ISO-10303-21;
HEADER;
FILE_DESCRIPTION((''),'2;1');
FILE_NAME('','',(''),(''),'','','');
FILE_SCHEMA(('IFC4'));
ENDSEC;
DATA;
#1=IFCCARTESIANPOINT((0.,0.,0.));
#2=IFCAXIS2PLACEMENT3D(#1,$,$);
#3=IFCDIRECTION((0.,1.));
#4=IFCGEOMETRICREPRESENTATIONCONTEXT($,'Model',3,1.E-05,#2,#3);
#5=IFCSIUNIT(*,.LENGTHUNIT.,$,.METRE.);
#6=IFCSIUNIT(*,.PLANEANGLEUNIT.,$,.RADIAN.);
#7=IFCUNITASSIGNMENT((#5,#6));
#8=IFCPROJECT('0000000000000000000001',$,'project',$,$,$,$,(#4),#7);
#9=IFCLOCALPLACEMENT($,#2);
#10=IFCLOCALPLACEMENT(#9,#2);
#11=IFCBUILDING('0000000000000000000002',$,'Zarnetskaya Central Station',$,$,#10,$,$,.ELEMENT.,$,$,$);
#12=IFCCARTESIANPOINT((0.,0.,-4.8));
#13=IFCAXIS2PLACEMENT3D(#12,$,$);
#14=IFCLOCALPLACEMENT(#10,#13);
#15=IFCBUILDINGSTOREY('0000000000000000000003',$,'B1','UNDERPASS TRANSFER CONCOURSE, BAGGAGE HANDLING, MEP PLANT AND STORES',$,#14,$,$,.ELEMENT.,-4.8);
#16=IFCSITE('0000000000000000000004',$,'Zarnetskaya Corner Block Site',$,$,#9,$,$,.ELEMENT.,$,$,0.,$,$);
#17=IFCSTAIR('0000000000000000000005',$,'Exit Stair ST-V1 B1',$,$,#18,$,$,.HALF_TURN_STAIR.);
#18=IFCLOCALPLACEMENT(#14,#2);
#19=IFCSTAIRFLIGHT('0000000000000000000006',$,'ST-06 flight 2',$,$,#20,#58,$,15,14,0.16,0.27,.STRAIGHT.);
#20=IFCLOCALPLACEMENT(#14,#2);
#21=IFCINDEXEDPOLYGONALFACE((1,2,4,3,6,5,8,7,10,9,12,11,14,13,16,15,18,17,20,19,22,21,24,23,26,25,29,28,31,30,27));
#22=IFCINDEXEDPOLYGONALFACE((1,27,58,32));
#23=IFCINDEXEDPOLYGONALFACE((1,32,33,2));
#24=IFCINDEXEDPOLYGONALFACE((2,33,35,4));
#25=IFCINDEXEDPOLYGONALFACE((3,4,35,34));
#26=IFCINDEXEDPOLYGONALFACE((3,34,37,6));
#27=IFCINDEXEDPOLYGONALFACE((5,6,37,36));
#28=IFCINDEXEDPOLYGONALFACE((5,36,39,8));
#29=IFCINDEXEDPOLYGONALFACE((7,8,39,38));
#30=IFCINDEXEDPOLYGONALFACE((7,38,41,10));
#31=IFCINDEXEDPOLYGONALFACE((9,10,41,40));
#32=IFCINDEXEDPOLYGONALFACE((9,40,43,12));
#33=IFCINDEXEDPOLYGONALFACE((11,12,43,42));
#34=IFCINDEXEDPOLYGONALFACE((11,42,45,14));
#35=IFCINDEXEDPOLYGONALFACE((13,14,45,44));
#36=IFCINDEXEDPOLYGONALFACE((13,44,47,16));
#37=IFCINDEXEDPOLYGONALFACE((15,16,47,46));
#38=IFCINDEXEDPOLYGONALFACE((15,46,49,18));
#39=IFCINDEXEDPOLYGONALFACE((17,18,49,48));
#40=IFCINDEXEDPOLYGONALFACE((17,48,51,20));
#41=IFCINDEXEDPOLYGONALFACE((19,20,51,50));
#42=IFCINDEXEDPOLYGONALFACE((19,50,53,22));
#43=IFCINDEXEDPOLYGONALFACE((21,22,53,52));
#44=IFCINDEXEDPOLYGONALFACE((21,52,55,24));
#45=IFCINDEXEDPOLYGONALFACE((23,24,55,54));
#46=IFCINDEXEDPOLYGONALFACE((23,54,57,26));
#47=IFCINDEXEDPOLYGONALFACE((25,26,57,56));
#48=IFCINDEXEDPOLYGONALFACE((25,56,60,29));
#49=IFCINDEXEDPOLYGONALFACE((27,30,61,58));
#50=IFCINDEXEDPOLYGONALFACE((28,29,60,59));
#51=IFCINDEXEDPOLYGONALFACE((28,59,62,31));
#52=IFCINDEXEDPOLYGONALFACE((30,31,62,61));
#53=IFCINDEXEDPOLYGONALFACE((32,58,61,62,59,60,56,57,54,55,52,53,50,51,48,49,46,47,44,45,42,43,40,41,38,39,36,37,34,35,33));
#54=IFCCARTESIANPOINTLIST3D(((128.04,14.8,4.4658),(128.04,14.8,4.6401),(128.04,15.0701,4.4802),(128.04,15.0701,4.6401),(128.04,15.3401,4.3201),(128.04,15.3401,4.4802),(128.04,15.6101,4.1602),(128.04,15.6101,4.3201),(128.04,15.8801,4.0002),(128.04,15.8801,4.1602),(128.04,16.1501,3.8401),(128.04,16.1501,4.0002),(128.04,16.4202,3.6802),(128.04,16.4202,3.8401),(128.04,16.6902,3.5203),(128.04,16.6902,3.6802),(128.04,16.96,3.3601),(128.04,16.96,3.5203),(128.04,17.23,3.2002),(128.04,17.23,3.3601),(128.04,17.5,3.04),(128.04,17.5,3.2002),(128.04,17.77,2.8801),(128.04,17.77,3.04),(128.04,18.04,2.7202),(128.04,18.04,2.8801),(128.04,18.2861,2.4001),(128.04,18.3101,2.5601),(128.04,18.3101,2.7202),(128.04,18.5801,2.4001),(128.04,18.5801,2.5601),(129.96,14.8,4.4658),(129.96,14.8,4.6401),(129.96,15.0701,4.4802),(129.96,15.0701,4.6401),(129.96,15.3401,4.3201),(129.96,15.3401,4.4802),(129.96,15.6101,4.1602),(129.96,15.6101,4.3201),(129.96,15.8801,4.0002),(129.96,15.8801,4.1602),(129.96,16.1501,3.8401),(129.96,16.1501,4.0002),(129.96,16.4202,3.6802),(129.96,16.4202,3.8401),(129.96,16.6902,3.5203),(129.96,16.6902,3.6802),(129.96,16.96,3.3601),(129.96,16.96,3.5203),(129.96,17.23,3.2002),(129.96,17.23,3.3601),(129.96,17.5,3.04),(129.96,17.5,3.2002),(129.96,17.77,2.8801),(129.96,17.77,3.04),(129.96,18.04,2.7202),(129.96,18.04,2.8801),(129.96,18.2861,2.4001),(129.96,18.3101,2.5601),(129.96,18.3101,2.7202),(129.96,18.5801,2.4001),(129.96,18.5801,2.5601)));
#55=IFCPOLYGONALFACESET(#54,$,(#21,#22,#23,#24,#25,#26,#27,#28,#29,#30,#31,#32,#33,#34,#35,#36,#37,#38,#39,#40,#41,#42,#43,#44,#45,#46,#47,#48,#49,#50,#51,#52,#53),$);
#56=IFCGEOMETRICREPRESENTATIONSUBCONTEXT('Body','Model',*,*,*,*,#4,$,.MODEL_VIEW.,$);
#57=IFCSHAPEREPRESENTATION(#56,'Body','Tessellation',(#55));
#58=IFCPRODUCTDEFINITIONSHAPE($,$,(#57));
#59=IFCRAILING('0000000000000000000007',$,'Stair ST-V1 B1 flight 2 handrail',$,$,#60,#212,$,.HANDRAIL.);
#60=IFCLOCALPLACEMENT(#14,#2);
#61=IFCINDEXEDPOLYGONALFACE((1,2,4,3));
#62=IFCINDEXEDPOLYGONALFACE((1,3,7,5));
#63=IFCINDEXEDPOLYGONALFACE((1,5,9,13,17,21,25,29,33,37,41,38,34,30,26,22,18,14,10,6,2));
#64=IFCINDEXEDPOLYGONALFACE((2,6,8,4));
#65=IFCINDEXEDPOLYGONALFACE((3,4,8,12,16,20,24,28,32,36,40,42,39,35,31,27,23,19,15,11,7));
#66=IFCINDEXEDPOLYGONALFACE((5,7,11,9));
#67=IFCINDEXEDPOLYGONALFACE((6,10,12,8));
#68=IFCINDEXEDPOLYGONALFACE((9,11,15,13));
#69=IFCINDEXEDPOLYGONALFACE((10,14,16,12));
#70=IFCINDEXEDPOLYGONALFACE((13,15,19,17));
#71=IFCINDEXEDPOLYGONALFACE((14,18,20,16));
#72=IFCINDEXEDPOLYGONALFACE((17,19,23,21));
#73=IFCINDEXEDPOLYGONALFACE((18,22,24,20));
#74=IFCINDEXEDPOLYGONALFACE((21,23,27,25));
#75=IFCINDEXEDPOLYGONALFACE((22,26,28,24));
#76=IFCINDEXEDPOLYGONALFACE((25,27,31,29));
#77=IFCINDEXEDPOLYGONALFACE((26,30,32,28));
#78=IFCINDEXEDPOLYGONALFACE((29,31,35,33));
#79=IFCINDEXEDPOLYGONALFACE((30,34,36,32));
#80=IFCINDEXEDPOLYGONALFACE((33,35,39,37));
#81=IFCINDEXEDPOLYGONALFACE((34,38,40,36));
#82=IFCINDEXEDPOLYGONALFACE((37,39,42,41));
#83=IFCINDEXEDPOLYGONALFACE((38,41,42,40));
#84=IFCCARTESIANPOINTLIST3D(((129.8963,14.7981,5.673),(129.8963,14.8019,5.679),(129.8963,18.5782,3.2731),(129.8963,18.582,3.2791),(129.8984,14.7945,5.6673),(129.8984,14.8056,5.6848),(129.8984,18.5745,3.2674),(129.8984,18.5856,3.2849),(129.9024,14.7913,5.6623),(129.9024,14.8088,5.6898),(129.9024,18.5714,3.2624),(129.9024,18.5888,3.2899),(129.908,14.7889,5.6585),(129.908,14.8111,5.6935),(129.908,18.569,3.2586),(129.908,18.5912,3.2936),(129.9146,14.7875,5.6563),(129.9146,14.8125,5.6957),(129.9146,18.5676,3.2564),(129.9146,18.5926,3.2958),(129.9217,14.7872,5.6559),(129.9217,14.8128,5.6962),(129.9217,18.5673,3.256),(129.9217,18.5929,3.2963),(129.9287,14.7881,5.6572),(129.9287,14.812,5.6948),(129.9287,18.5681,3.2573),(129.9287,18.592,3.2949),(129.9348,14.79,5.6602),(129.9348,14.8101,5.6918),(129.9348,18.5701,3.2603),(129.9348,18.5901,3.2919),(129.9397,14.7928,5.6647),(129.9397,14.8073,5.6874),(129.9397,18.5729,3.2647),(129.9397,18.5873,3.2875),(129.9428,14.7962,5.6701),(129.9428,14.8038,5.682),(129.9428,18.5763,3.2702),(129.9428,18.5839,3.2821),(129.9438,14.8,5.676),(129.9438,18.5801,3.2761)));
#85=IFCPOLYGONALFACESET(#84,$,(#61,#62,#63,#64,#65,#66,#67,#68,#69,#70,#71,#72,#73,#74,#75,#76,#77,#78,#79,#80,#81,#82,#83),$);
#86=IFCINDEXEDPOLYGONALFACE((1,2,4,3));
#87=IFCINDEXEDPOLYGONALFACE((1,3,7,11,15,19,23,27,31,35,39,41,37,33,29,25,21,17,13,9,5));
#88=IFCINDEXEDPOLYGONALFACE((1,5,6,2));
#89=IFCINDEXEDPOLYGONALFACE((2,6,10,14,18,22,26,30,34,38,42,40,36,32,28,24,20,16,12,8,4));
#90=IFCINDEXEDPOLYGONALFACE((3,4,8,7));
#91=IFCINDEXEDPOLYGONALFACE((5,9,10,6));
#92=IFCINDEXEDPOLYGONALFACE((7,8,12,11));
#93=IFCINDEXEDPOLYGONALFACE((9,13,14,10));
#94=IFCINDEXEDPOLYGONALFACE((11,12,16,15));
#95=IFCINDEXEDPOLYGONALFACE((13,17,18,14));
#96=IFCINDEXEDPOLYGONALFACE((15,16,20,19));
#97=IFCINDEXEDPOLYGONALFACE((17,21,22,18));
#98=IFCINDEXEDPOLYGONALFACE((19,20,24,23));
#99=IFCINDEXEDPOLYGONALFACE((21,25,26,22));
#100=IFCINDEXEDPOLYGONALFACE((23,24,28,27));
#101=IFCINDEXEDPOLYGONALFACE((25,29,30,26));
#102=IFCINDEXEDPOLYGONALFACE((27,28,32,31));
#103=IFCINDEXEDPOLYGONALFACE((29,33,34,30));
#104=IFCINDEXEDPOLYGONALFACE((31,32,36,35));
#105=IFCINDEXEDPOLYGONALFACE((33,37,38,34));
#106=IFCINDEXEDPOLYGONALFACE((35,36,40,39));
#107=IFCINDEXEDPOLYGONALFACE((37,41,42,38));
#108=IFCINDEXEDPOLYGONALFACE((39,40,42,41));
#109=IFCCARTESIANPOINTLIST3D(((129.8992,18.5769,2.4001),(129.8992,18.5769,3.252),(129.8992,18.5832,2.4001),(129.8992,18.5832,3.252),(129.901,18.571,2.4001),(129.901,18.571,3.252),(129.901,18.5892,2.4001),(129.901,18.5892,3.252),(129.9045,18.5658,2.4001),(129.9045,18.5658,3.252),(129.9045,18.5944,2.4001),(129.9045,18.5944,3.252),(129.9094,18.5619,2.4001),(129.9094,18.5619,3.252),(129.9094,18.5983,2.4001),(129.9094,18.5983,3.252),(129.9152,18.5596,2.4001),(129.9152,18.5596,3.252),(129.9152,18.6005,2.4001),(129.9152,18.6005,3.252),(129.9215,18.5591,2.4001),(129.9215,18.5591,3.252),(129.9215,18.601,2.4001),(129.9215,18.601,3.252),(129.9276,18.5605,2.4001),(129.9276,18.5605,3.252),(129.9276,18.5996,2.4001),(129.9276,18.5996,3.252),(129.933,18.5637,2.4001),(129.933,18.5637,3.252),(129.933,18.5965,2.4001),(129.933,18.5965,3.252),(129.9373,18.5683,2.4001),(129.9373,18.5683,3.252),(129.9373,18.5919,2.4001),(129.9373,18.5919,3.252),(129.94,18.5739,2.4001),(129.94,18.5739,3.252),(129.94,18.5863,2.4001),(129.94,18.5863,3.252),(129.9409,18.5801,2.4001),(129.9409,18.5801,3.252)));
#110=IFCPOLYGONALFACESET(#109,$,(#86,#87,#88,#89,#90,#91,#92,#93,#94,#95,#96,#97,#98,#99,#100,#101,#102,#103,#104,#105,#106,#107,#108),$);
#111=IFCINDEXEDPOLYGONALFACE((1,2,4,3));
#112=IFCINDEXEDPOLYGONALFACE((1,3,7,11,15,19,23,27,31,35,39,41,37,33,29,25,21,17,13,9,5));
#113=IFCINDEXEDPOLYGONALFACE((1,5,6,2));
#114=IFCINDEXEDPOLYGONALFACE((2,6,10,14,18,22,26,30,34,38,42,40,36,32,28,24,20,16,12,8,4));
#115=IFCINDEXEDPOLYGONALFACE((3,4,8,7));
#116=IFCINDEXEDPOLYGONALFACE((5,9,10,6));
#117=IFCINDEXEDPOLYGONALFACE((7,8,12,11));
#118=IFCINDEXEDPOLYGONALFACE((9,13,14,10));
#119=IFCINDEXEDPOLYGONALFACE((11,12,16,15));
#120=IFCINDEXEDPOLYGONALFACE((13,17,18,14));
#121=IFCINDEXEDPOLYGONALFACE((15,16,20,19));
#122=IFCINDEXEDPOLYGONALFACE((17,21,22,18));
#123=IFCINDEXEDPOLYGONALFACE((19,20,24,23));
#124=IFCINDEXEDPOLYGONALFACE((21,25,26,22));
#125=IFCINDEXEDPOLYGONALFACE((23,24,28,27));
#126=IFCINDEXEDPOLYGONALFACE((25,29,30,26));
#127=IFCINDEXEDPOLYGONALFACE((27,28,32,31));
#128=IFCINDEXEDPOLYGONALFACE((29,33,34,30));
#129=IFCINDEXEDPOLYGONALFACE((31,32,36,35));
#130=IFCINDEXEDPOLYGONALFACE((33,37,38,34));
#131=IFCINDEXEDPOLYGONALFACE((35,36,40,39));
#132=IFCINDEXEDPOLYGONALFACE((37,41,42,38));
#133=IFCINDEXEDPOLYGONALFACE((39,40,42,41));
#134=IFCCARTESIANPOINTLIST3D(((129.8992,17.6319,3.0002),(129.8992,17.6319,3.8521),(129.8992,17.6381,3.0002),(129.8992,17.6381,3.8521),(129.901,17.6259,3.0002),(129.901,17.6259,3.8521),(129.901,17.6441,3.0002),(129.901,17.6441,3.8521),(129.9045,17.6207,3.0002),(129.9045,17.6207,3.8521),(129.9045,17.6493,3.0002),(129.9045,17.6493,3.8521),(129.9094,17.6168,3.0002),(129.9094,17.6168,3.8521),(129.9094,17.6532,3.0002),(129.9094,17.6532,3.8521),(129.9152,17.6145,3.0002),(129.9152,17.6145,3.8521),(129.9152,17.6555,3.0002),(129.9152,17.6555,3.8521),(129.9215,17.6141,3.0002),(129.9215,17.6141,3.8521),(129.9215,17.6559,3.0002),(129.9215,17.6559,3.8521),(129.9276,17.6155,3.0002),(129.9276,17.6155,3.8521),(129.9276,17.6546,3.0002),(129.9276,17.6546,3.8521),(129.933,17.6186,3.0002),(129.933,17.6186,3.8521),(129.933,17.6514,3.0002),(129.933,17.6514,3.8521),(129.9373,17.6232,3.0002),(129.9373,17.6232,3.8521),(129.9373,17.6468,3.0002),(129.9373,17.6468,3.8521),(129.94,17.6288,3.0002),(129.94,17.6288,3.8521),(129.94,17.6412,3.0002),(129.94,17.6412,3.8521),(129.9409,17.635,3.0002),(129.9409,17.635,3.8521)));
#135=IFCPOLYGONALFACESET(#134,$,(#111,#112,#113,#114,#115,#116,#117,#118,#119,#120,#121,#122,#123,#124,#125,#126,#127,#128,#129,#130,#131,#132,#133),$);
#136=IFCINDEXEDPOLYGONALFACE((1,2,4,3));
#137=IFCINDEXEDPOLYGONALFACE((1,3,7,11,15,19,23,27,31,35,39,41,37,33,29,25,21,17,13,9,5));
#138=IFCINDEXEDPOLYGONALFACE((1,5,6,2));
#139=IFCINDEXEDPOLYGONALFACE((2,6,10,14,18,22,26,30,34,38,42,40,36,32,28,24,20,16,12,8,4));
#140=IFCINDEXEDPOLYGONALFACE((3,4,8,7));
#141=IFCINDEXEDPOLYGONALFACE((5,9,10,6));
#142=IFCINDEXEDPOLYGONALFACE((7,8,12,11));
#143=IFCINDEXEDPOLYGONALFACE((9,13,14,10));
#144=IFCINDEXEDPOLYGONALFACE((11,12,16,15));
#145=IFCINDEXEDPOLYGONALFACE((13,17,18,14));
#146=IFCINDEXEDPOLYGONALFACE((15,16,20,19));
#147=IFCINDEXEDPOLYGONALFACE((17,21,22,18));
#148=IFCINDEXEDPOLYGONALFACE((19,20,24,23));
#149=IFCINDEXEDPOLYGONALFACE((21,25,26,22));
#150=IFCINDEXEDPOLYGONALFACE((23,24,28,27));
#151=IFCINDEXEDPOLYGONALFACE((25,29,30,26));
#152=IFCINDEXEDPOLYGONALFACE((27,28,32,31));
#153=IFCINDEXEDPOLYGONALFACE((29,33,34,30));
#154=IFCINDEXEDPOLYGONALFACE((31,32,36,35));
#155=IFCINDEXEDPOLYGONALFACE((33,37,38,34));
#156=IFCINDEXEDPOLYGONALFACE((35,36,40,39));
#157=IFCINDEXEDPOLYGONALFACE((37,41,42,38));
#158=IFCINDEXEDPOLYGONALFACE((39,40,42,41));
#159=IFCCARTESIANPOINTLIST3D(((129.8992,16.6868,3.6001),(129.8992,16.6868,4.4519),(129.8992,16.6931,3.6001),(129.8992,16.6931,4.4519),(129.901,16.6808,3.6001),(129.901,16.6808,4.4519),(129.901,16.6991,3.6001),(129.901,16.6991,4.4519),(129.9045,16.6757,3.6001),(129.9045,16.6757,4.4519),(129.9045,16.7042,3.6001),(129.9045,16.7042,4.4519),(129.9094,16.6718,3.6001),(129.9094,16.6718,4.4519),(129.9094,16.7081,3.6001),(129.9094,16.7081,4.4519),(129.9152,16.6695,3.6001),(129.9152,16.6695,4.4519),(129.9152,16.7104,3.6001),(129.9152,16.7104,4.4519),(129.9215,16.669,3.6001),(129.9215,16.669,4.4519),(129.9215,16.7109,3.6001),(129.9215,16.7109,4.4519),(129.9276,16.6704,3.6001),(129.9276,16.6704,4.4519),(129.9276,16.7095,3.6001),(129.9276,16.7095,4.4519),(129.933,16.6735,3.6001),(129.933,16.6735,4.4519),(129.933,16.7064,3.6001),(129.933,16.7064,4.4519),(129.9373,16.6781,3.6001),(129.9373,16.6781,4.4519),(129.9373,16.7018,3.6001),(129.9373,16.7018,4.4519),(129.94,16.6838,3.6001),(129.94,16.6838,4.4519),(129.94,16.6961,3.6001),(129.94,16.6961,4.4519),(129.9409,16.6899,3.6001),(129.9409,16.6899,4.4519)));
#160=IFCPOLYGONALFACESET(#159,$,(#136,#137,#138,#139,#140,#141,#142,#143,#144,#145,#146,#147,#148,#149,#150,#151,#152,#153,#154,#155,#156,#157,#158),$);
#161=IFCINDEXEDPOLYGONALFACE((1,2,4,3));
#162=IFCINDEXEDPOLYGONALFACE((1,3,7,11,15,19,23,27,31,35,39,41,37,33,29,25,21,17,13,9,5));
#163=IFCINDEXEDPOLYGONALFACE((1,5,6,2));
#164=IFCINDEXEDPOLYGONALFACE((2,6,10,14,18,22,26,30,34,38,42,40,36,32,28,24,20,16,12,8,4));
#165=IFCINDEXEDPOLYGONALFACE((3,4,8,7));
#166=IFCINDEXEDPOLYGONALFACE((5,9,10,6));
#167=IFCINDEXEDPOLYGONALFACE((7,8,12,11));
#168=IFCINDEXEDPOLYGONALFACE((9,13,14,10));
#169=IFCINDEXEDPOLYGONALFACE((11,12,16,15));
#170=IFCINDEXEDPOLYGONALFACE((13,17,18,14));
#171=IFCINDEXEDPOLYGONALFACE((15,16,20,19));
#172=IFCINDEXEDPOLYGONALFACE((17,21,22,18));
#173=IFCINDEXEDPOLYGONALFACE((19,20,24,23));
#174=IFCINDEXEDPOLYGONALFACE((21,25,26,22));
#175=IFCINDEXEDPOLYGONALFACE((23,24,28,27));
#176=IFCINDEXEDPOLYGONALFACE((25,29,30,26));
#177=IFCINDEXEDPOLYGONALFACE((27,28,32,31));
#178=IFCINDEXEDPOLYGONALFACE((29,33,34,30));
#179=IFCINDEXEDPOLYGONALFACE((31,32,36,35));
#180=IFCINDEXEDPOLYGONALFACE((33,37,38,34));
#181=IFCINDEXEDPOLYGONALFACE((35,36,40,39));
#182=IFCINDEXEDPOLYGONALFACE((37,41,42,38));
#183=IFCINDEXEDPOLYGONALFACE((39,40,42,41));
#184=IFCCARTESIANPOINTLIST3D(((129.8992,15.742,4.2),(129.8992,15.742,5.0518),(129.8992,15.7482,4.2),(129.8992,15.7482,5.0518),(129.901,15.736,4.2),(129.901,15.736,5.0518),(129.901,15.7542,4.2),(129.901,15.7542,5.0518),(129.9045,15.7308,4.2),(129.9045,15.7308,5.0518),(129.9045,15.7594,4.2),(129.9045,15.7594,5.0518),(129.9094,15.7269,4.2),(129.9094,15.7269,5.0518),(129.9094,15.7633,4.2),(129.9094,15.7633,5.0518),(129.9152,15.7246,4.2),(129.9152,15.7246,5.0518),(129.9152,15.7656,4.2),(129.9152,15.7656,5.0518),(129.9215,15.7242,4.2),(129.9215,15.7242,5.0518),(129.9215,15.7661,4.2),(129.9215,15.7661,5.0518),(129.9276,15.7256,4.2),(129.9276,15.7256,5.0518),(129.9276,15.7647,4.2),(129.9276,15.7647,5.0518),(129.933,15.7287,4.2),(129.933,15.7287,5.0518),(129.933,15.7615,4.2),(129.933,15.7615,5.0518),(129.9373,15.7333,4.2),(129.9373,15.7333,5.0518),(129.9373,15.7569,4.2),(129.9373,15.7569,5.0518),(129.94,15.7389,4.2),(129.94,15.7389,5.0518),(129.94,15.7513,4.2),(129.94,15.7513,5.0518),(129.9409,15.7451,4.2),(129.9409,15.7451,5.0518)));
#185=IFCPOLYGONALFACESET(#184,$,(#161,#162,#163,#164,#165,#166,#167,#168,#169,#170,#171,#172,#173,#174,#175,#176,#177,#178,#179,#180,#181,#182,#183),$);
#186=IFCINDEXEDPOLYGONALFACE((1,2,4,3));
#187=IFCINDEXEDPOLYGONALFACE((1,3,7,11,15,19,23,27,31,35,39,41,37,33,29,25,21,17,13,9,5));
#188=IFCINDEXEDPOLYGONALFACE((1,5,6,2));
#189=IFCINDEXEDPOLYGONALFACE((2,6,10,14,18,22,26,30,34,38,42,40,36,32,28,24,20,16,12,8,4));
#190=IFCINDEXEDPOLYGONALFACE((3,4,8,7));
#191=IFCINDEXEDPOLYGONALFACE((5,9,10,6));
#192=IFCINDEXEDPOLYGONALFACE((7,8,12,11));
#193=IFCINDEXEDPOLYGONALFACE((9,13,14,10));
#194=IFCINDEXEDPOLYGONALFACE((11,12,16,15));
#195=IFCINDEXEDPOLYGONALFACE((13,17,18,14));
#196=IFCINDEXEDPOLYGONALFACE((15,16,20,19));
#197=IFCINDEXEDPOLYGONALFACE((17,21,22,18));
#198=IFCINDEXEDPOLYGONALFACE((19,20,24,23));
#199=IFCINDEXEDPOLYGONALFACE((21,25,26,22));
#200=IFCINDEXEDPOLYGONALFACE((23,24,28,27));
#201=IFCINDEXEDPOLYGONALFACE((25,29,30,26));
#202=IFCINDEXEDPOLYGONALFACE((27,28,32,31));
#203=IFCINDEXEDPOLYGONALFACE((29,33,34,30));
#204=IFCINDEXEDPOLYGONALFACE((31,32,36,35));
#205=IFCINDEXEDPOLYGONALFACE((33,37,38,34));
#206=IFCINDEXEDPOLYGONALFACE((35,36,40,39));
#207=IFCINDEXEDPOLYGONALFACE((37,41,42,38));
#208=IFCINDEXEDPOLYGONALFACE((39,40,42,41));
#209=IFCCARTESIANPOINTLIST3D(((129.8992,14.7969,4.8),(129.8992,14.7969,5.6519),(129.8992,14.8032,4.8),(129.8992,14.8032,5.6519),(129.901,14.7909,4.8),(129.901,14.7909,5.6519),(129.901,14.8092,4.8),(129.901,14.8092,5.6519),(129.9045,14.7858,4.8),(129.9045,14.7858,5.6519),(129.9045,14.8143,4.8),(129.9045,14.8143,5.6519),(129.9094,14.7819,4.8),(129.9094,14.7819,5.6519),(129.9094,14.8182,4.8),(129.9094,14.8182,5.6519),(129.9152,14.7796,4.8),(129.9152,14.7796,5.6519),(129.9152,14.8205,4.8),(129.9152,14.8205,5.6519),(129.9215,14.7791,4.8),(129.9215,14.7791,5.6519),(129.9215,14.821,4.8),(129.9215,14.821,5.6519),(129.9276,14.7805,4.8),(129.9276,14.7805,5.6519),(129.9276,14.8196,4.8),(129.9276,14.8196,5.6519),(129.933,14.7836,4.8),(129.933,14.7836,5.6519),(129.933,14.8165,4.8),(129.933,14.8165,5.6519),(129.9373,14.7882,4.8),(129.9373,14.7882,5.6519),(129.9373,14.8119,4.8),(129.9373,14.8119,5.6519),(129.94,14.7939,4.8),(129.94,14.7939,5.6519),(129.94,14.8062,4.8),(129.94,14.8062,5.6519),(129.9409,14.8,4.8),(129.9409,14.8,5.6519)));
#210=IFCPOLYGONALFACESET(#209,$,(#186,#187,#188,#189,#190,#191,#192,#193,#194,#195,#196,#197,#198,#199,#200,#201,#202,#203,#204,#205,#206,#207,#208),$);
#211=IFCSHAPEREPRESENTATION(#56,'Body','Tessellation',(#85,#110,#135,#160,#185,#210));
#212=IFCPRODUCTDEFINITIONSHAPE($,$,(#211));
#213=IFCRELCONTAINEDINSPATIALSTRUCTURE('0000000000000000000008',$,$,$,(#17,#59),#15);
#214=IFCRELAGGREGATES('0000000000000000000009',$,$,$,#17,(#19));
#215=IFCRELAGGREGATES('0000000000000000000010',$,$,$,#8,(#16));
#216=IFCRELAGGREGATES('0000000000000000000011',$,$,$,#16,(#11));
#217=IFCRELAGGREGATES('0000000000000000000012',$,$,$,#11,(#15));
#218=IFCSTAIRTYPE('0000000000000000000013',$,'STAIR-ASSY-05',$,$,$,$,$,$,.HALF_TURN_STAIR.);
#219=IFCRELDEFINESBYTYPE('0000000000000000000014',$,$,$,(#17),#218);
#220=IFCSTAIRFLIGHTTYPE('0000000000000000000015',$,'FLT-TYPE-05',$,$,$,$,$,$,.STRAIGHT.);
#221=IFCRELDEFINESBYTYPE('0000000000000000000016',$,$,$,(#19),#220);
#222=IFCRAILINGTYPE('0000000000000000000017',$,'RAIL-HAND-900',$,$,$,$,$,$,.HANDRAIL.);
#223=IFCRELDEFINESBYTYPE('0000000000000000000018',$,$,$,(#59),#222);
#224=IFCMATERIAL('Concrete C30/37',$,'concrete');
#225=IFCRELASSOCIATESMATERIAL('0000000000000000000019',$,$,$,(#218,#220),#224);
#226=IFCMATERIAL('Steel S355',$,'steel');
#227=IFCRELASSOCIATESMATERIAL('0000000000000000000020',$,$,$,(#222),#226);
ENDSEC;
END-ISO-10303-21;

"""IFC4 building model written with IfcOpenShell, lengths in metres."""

from ifc_helpers import new_model, si_unit, direction, frame, origin, origin_2d, place, context, subcontext, project, spatial, polyline, circle, outline, extrude, material, type_object, element, aggregate, save


model = new_model("IFC4")

# Units and contexts
model_context = context("Model", 3, precision=1e-05, world=origin(), true_north=direction((0.0, 1.0)))
body_context = subcontext(model_context, "Body", "Model", "MODEL_VIEW")
ifc_project = project(units=[si_unit("LENGTHUNIT", "METRE"), si_unit("PLANEANGLEUNIT", "RADIAN")], contexts=[model_context])

# Site, building, storey
site_placement = place(None, origin())
site = spatial("IfcSite", under=ifc_project, at=site_placement, Name="Zarnetskaya Corner Block Site", CompositionType="ELEMENT", RefElevation=0.0)
building_placement = place(site_placement, origin())
building = spatial("IfcBuilding", under=site, at=building_placement, Name="Zarnetskaya Central Station", CompositionType="ELEMENT")
storey_placement = place(building_placement, frame((0.0, 0.0, -4.8)))
storey = spatial("IfcBuildingStorey", under=building, at=storey_placement, Name="B1", Description="UNDERPASS TRANSFER CONCOURSE, BAGGAGE HANDLING, MEP PLANT AND STORES", CompositionType="ELEMENT", Elevation=-4.8)

# Shared definitions
ifc_material_1 = material(Name="Concrete C30/37", Category="concrete")

# Stair, stair flight
stair_type = type_object("IfcStairType", Name="STAIR-ASSY-05", PredefinedType="HALF_TURN_STAIR", material=ifc_material_1)
stair_placement = place(storey_placement, origin())
stair = element("IfcStair", 1, at=stair_placement, inside=storey, type_object=stair_type, Name="Exit Stair ST-V1 B1", PredefinedType="HALF_TURN_STAIR")
stair_flight_type = type_object("IfcStairFlightType", Name="FLT-TYPE-05", PredefinedType="STRAIGHT", material=ifc_material_1)
stair_flight_1_placement = place(storey_placement, frame((129.0, 18.5801, 2.4001), z_axis=(0.0, 0.0, 1.0), x_axis=(0.0, -1.0, 0.0)))
stair_flight_1 = element("IfcStairFlight", 2, at=stair_flight_1_placement, type_object=stair_flight_type, Name="ST-06 flight 2", NumberOfRisers=15, NumberOfTreads=14, PredefinedType="STRAIGHT", RiserHeight=0.16, TreadLength=0.27, context=body_context, shape_type="SweptSolid", body=[
    extrude(outline(polyline([(0.0, 0.0), (0.0, 0.1599), (0.27, 0.1599), (0.27, 0.3201), (0.54, 0.3201), (0.54, 0.48), (0.8101, 0.48), (0.8101, 0.6399), (1.0801, 0.6399), (1.0801, 0.8), (1.3501, 0.8), (1.3501, 0.96), (1.6201, 0.96), (1.6201, 1.1201), (1.8899, 1.1201), (1.8899, 1.28), (2.1599, 1.28), (2.1599, 1.4399), (2.4299, 1.4399), (2.4299, 1.6001), (2.7, 1.6001), (2.7, 1.76), (2.97, 1.76), (2.97, 1.9199), (3.24, 1.9199), (3.24, 2.0801), (3.51, 2.0801), (3.51, 2.24), (3.78, 2.24), (3.78, 2.3999), (3.78, 2.0657), (0.2939, 0.0), (0.0, 0.0)])), frame((0.0, 0.96, 0.0), z_axis=(0.0, -1.0, 0.0), x_axis=(1.0, 0.0, 0.0)), (0.0, 0.0, 1.0), 1.9199),
])
aggregate(stair, [stair_flight_1])

# Railing
ifc_material_2 = material(Name="Steel S355", Category="steel")
railing_type_1 = type_object("IfcRailingType", Name="RAIL-HAND-900", PredefinedType="HANDRAIL", material=ifc_material_2)
railing_1_placement = place(storey_placement, frame((129.9199, 18.5801, 2.4001)))
element("IfcRailing", 3, at=railing_1_placement, inside=storey, type_object=railing_type_1, Name="Stair ST-V1 B1 flight 2 handrail", PredefinedType="HANDRAIL", context=body_context, shape_type="SweptSolid", body=[
    extrude(circle(Radius=0.0239, at=origin_2d()), frame((0.0, 0.0, 0.876), z_axis=(0.0, -0.844225, 0.53599), x_axis=(1.0, 0.0, 0.0)), (0.0, 0.0, 1.0), 4.4775),
    extrude(circle(Radius=0.021, at=origin_2d()), origin(), (0.0, 0.0, 1.0), 0.8518),
    extrude(circle(Radius=0.021, at=origin_2d()), frame((0.0, -0.9451, 0.6001)), (0.0, 0.0, 1.0), 0.8518),
    extrude(circle(Radius=0.021, at=origin_2d()), frame((0.0, -1.8901, 1.2)), (0.0, 0.0, 1.0), 0.8518),
    extrude(circle(Radius=0.021, at=origin_2d()), frame((0.0, -2.835, 1.7998)), (0.0, 0.0, 1.0), 0.8518),
    extrude(circle(Radius=0.021, at=origin_2d()), frame((0.0, -3.78, 2.3999)), (0.0, 0.0, 1.0), 0.8518),
])

save(model, "model.ifc")
